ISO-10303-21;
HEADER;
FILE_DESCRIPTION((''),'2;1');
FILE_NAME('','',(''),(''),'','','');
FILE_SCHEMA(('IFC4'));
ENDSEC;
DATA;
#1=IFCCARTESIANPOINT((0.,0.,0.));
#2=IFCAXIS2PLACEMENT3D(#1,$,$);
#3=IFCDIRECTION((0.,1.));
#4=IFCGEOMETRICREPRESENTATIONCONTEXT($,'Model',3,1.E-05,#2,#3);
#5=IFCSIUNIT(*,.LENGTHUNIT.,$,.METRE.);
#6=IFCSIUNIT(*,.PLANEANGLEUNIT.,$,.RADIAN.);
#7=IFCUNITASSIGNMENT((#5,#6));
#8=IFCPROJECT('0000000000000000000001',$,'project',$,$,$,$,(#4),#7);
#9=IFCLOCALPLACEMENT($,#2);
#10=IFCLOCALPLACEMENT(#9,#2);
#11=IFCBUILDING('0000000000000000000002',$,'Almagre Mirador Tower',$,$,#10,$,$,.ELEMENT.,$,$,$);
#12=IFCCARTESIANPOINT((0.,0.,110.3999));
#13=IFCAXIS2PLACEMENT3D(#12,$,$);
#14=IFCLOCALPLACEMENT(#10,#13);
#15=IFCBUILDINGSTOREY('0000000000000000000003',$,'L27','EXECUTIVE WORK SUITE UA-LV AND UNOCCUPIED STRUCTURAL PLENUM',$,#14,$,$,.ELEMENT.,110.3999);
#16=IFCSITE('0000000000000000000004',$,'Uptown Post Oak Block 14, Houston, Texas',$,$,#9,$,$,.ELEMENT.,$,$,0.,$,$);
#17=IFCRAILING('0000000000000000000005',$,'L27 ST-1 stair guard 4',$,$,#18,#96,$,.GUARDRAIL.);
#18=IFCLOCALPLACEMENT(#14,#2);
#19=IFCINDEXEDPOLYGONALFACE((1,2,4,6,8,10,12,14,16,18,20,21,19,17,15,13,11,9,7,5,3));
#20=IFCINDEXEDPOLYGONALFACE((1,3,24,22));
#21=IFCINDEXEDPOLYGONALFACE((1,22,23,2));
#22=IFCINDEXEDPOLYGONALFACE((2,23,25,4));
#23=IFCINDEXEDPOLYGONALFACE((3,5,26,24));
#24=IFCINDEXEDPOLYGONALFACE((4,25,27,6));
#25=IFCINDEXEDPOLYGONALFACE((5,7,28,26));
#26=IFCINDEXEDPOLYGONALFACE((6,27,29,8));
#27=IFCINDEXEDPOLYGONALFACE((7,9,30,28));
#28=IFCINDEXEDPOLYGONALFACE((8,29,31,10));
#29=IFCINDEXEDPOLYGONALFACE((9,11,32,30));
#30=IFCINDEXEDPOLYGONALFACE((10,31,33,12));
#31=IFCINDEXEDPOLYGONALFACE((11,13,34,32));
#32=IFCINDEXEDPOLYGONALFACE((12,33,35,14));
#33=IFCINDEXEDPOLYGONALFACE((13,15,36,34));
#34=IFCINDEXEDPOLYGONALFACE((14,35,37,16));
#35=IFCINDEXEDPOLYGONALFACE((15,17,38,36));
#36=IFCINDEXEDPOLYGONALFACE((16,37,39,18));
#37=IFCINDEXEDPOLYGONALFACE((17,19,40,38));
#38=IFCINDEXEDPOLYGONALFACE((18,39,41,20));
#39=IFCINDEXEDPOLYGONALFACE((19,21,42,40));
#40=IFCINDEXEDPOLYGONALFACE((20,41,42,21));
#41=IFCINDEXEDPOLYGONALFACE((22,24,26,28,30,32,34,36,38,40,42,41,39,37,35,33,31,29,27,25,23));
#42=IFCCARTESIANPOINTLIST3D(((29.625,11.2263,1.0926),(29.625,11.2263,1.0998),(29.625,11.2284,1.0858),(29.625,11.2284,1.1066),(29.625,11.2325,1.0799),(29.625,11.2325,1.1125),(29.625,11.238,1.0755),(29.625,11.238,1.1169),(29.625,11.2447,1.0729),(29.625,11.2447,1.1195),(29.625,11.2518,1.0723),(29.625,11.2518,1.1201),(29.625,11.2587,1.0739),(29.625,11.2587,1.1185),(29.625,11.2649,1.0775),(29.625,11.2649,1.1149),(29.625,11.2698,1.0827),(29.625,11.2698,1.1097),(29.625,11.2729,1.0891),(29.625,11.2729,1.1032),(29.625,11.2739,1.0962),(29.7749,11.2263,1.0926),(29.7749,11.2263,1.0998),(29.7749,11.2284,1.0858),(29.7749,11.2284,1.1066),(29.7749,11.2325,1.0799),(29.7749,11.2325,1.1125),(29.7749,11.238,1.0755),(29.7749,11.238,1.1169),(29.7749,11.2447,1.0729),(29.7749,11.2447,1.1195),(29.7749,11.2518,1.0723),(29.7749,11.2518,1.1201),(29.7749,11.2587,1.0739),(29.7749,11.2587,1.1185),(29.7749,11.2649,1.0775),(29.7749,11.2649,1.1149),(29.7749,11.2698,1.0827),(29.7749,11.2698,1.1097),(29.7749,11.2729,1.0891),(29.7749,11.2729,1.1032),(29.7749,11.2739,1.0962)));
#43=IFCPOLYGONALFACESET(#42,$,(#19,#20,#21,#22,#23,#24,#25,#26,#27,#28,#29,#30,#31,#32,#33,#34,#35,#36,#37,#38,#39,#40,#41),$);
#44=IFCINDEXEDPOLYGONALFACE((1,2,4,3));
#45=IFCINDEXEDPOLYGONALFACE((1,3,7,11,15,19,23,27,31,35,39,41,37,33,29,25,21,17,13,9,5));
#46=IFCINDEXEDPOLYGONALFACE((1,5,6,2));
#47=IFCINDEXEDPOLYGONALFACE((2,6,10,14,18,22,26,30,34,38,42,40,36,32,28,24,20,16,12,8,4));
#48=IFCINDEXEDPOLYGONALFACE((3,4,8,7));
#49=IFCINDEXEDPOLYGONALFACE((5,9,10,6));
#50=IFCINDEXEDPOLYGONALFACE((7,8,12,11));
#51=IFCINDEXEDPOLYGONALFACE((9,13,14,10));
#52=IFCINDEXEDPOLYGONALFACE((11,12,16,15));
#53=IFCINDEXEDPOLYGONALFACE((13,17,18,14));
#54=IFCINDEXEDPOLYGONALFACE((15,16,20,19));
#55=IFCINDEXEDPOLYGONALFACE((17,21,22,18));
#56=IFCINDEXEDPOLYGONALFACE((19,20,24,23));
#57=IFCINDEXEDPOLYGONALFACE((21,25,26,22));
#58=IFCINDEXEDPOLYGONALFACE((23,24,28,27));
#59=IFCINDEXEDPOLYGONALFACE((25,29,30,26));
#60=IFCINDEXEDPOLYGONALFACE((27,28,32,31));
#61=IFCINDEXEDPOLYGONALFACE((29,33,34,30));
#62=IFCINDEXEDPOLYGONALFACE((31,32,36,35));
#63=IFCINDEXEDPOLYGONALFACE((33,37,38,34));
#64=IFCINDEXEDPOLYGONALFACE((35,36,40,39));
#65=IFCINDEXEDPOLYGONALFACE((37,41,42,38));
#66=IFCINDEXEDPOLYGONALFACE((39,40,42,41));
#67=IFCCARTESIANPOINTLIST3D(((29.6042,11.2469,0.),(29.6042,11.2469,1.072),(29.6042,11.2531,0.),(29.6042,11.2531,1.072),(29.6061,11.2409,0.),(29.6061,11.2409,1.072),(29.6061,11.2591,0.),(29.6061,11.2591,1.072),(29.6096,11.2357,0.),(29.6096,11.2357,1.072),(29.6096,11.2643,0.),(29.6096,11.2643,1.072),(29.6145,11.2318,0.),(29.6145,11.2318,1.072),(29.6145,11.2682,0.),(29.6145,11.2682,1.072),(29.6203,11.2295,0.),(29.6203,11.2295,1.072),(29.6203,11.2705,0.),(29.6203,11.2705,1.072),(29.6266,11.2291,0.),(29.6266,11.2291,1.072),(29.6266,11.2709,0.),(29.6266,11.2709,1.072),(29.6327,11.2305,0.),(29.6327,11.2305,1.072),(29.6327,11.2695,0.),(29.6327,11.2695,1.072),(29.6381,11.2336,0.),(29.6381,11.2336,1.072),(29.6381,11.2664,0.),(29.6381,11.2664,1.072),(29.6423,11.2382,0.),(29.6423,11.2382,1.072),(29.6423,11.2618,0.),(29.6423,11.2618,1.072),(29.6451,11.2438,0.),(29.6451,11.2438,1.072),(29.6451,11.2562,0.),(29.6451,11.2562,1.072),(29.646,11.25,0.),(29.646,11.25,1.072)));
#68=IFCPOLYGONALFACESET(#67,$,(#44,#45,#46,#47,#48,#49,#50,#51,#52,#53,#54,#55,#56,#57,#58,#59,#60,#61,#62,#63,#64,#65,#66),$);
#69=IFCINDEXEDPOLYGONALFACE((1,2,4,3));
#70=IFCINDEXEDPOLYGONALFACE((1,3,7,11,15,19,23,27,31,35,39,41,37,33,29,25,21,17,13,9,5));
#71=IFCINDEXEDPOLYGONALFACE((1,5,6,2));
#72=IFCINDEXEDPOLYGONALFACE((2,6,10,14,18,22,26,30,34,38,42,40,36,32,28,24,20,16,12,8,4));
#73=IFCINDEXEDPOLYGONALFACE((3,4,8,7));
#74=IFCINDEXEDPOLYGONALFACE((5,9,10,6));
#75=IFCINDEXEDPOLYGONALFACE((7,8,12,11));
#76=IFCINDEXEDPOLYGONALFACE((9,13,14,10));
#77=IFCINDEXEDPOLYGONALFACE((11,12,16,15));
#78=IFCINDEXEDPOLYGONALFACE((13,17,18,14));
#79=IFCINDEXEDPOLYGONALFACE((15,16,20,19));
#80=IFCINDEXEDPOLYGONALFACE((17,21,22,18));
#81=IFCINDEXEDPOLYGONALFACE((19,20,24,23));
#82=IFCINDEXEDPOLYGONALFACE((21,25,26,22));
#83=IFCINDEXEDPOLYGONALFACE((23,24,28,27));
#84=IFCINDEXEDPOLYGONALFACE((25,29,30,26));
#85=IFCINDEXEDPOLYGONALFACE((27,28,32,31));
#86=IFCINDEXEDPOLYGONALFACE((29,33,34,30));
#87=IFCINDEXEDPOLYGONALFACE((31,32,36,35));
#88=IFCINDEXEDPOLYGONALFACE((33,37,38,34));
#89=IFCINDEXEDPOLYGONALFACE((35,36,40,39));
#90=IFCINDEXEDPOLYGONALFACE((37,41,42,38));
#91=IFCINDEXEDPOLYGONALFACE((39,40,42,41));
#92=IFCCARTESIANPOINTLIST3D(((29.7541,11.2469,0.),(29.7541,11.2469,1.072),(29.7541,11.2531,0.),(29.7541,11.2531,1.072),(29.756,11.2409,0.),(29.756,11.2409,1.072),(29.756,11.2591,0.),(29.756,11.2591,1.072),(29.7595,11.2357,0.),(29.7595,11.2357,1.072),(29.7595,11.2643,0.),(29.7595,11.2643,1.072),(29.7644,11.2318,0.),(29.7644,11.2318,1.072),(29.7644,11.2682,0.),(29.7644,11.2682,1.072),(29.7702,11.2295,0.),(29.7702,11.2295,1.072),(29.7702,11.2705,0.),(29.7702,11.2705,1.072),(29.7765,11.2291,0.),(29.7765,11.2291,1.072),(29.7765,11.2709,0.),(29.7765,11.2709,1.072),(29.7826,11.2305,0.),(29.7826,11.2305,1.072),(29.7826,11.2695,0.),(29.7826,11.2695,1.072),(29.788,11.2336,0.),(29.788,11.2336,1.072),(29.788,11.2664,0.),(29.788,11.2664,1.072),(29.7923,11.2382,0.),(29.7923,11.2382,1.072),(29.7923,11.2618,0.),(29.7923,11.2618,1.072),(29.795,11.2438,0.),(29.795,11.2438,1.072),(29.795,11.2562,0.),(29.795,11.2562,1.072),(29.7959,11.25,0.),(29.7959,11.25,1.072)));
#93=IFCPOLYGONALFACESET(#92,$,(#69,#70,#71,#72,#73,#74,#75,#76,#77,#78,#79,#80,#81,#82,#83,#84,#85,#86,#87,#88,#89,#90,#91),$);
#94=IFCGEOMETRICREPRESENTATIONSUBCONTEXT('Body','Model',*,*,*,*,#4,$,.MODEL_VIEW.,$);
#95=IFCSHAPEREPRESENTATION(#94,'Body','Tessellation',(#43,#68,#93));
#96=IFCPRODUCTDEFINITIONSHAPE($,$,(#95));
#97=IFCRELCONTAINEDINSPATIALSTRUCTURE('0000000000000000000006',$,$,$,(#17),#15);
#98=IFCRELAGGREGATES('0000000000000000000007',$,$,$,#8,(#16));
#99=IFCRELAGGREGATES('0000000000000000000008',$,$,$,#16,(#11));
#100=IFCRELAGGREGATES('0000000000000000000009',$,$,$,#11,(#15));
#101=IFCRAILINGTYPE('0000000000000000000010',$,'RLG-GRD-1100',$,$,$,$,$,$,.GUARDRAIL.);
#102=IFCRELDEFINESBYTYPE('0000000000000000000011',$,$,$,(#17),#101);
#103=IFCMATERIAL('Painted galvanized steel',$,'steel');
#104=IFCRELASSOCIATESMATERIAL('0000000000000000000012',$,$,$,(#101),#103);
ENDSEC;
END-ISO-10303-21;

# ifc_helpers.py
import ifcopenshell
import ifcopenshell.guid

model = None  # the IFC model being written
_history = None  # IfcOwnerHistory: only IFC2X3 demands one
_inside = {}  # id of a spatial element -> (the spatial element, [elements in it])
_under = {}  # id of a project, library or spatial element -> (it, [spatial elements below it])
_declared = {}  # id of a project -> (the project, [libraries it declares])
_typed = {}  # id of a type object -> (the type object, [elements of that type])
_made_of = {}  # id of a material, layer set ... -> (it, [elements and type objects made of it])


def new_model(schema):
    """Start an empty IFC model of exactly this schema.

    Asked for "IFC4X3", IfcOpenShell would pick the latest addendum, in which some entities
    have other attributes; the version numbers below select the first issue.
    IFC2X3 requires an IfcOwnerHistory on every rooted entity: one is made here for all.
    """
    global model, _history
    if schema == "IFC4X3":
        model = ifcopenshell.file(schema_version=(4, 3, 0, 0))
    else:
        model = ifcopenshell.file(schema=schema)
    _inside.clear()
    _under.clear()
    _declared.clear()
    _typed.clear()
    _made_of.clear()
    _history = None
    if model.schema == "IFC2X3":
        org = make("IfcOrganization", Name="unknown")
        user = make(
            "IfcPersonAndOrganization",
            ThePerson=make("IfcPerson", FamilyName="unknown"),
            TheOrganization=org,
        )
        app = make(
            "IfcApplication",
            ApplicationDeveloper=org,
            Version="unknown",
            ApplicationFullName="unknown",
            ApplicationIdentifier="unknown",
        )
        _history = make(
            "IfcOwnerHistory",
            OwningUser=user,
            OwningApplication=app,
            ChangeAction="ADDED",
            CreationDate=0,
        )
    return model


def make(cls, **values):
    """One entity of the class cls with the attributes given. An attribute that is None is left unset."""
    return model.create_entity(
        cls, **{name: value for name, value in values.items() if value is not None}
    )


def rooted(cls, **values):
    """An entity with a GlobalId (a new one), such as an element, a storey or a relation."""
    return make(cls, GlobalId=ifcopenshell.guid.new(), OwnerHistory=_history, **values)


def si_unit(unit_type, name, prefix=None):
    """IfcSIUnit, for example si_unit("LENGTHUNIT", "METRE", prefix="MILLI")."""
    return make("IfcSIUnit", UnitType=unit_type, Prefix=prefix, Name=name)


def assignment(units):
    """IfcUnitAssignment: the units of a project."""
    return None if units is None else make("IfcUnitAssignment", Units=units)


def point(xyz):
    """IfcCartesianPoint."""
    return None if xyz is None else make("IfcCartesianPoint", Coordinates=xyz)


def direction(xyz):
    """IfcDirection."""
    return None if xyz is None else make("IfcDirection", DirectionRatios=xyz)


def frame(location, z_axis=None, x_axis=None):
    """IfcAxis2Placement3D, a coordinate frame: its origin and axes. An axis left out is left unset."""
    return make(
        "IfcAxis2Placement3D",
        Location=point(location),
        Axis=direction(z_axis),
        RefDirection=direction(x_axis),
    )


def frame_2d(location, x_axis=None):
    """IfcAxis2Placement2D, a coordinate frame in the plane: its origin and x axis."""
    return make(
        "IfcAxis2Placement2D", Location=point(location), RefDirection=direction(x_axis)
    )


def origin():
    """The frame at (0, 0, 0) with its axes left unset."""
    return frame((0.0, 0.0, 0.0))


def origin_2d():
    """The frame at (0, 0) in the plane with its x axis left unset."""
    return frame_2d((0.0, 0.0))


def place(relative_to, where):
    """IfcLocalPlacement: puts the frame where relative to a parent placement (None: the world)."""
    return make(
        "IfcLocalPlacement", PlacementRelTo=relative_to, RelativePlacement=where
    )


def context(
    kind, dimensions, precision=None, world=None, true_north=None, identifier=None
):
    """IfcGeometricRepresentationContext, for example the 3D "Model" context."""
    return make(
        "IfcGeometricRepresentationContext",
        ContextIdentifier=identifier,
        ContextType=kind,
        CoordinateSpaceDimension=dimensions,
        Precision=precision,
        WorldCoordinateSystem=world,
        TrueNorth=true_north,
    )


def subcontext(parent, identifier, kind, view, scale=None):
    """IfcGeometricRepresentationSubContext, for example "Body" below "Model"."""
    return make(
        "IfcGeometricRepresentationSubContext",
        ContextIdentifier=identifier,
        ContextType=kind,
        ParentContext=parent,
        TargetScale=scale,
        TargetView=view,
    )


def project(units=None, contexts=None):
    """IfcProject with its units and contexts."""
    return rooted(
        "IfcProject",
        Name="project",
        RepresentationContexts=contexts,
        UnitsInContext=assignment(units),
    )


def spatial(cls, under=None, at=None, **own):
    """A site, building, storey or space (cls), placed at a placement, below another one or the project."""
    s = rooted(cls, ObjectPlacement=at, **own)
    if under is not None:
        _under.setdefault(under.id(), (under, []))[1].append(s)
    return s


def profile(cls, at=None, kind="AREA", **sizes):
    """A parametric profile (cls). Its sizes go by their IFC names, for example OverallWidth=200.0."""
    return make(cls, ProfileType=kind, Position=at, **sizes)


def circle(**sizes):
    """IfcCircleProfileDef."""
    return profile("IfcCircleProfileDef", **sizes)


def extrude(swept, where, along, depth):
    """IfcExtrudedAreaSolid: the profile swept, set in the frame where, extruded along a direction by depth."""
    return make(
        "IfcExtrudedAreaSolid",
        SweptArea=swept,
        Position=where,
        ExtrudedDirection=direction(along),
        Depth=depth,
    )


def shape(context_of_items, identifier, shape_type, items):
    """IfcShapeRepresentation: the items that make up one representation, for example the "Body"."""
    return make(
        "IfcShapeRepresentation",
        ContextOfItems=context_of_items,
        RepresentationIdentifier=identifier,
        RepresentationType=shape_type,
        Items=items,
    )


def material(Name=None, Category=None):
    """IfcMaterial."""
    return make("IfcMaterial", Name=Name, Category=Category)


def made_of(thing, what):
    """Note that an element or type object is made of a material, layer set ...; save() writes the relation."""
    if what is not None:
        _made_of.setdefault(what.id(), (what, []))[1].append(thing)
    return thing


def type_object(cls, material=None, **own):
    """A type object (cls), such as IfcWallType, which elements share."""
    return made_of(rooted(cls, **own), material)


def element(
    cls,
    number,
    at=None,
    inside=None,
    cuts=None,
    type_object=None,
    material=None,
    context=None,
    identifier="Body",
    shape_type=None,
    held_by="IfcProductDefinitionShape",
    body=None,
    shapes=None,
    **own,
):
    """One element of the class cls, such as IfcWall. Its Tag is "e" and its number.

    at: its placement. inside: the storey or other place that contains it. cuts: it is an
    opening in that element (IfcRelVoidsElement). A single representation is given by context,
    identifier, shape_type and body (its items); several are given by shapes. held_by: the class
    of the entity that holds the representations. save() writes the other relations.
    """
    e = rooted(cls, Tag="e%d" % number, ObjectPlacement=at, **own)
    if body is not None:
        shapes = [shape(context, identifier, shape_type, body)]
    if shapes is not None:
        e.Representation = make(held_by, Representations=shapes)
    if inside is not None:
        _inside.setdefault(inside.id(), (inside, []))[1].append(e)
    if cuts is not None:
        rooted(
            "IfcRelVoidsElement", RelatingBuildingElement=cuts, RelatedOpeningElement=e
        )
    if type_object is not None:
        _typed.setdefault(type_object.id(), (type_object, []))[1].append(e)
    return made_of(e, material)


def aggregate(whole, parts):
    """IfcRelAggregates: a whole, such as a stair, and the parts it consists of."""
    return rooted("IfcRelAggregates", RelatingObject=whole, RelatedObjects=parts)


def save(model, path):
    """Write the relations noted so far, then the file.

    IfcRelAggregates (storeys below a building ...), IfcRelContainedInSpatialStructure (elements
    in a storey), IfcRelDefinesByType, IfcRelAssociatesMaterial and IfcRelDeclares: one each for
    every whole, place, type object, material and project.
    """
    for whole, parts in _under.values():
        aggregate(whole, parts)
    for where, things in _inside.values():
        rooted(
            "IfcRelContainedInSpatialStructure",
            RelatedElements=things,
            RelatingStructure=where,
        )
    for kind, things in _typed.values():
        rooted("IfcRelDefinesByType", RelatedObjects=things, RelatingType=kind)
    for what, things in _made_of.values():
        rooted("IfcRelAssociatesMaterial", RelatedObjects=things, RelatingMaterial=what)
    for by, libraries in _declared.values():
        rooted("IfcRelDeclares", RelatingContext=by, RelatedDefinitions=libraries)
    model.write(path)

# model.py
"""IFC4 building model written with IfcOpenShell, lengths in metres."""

from ifc_helpers import new_model, si_unit, direction, frame, origin, origin_2d, place, context, subcontext, project, spatial, circle, extrude, material, type_object, element, save


model = new_model("IFC4")

# Units and contexts
model_context = context("Model", 3, precision=1e-05, world=origin(), true_north=direction((0.0, 1.0)))
body_context = subcontext(model_context, "Body", "Model", "MODEL_VIEW")
ifc_project = project(units=[si_unit("LENGTHUNIT", "METRE"), si_unit("PLANEANGLEUNIT", "RADIAN")], contexts=[model_context])

# Site, building, storey
site_placement = place(None, origin())
site = spatial("IfcSite", under=ifc_project, at=site_placement, Name="Uptown Post Oak Block 14, Houston, Texas", CompositionType="ELEMENT", RefElevation=0.0)
building_placement = place(site_placement, origin())
building = spatial("IfcBuilding", under=site, at=building_placement, Name="Almagre Mirador Tower", CompositionType="ELEMENT")
storey_placement = place(building_placement, frame((0.0, 0.0, 110.3999)))
storey = spatial("IfcBuildingStorey", under=building, at=storey_placement, Name="L27", Description="EXECUTIVE WORK SUITE UA-LV AND UNOCCUPIED STRUCTURAL PLENUM", CompositionType="ELEMENT", Elevation=110.3999)

# Railing
ifc_material_1 = material(Name="Painted galvanized steel", Category="steel")
railing_type_1 = type_object("IfcRailingType", Name="RLG-GRD-1100", PredefinedType="GUARDRAIL", material=ifc_material_1)
railing_1_placement = place(storey_placement, frame((29.625, 11.25, 0.0)))
element("IfcRailing", 1, at=railing_1_placement, inside=storey, type_object=railing_type_1, Name="L27 ST-1 stair guard 4", PredefinedType="GUARDRAIL", context=body_context, shape_type="SweptSolid", body=[
    extrude(circle(Radius=0.0239, at=origin_2d()), frame((0.0, 0.0, 1.0962), z_axis=(1.0, 0.0, 0.0), x_axis=(0.0, 1.0, 0.0)), (0.0, 0.0, 1.0), 0.1499),
    extrude(circle(Radius=0.021, at=origin_2d()), origin(), (0.0, 0.0, 1.0), 1.072),
    extrude(circle(Radius=0.021, at=origin_2d()), frame((0.1499, 0.0, 0.0)), (0.0, 0.0, 1.0), 1.072),
])

save(model, "model.ifc")
